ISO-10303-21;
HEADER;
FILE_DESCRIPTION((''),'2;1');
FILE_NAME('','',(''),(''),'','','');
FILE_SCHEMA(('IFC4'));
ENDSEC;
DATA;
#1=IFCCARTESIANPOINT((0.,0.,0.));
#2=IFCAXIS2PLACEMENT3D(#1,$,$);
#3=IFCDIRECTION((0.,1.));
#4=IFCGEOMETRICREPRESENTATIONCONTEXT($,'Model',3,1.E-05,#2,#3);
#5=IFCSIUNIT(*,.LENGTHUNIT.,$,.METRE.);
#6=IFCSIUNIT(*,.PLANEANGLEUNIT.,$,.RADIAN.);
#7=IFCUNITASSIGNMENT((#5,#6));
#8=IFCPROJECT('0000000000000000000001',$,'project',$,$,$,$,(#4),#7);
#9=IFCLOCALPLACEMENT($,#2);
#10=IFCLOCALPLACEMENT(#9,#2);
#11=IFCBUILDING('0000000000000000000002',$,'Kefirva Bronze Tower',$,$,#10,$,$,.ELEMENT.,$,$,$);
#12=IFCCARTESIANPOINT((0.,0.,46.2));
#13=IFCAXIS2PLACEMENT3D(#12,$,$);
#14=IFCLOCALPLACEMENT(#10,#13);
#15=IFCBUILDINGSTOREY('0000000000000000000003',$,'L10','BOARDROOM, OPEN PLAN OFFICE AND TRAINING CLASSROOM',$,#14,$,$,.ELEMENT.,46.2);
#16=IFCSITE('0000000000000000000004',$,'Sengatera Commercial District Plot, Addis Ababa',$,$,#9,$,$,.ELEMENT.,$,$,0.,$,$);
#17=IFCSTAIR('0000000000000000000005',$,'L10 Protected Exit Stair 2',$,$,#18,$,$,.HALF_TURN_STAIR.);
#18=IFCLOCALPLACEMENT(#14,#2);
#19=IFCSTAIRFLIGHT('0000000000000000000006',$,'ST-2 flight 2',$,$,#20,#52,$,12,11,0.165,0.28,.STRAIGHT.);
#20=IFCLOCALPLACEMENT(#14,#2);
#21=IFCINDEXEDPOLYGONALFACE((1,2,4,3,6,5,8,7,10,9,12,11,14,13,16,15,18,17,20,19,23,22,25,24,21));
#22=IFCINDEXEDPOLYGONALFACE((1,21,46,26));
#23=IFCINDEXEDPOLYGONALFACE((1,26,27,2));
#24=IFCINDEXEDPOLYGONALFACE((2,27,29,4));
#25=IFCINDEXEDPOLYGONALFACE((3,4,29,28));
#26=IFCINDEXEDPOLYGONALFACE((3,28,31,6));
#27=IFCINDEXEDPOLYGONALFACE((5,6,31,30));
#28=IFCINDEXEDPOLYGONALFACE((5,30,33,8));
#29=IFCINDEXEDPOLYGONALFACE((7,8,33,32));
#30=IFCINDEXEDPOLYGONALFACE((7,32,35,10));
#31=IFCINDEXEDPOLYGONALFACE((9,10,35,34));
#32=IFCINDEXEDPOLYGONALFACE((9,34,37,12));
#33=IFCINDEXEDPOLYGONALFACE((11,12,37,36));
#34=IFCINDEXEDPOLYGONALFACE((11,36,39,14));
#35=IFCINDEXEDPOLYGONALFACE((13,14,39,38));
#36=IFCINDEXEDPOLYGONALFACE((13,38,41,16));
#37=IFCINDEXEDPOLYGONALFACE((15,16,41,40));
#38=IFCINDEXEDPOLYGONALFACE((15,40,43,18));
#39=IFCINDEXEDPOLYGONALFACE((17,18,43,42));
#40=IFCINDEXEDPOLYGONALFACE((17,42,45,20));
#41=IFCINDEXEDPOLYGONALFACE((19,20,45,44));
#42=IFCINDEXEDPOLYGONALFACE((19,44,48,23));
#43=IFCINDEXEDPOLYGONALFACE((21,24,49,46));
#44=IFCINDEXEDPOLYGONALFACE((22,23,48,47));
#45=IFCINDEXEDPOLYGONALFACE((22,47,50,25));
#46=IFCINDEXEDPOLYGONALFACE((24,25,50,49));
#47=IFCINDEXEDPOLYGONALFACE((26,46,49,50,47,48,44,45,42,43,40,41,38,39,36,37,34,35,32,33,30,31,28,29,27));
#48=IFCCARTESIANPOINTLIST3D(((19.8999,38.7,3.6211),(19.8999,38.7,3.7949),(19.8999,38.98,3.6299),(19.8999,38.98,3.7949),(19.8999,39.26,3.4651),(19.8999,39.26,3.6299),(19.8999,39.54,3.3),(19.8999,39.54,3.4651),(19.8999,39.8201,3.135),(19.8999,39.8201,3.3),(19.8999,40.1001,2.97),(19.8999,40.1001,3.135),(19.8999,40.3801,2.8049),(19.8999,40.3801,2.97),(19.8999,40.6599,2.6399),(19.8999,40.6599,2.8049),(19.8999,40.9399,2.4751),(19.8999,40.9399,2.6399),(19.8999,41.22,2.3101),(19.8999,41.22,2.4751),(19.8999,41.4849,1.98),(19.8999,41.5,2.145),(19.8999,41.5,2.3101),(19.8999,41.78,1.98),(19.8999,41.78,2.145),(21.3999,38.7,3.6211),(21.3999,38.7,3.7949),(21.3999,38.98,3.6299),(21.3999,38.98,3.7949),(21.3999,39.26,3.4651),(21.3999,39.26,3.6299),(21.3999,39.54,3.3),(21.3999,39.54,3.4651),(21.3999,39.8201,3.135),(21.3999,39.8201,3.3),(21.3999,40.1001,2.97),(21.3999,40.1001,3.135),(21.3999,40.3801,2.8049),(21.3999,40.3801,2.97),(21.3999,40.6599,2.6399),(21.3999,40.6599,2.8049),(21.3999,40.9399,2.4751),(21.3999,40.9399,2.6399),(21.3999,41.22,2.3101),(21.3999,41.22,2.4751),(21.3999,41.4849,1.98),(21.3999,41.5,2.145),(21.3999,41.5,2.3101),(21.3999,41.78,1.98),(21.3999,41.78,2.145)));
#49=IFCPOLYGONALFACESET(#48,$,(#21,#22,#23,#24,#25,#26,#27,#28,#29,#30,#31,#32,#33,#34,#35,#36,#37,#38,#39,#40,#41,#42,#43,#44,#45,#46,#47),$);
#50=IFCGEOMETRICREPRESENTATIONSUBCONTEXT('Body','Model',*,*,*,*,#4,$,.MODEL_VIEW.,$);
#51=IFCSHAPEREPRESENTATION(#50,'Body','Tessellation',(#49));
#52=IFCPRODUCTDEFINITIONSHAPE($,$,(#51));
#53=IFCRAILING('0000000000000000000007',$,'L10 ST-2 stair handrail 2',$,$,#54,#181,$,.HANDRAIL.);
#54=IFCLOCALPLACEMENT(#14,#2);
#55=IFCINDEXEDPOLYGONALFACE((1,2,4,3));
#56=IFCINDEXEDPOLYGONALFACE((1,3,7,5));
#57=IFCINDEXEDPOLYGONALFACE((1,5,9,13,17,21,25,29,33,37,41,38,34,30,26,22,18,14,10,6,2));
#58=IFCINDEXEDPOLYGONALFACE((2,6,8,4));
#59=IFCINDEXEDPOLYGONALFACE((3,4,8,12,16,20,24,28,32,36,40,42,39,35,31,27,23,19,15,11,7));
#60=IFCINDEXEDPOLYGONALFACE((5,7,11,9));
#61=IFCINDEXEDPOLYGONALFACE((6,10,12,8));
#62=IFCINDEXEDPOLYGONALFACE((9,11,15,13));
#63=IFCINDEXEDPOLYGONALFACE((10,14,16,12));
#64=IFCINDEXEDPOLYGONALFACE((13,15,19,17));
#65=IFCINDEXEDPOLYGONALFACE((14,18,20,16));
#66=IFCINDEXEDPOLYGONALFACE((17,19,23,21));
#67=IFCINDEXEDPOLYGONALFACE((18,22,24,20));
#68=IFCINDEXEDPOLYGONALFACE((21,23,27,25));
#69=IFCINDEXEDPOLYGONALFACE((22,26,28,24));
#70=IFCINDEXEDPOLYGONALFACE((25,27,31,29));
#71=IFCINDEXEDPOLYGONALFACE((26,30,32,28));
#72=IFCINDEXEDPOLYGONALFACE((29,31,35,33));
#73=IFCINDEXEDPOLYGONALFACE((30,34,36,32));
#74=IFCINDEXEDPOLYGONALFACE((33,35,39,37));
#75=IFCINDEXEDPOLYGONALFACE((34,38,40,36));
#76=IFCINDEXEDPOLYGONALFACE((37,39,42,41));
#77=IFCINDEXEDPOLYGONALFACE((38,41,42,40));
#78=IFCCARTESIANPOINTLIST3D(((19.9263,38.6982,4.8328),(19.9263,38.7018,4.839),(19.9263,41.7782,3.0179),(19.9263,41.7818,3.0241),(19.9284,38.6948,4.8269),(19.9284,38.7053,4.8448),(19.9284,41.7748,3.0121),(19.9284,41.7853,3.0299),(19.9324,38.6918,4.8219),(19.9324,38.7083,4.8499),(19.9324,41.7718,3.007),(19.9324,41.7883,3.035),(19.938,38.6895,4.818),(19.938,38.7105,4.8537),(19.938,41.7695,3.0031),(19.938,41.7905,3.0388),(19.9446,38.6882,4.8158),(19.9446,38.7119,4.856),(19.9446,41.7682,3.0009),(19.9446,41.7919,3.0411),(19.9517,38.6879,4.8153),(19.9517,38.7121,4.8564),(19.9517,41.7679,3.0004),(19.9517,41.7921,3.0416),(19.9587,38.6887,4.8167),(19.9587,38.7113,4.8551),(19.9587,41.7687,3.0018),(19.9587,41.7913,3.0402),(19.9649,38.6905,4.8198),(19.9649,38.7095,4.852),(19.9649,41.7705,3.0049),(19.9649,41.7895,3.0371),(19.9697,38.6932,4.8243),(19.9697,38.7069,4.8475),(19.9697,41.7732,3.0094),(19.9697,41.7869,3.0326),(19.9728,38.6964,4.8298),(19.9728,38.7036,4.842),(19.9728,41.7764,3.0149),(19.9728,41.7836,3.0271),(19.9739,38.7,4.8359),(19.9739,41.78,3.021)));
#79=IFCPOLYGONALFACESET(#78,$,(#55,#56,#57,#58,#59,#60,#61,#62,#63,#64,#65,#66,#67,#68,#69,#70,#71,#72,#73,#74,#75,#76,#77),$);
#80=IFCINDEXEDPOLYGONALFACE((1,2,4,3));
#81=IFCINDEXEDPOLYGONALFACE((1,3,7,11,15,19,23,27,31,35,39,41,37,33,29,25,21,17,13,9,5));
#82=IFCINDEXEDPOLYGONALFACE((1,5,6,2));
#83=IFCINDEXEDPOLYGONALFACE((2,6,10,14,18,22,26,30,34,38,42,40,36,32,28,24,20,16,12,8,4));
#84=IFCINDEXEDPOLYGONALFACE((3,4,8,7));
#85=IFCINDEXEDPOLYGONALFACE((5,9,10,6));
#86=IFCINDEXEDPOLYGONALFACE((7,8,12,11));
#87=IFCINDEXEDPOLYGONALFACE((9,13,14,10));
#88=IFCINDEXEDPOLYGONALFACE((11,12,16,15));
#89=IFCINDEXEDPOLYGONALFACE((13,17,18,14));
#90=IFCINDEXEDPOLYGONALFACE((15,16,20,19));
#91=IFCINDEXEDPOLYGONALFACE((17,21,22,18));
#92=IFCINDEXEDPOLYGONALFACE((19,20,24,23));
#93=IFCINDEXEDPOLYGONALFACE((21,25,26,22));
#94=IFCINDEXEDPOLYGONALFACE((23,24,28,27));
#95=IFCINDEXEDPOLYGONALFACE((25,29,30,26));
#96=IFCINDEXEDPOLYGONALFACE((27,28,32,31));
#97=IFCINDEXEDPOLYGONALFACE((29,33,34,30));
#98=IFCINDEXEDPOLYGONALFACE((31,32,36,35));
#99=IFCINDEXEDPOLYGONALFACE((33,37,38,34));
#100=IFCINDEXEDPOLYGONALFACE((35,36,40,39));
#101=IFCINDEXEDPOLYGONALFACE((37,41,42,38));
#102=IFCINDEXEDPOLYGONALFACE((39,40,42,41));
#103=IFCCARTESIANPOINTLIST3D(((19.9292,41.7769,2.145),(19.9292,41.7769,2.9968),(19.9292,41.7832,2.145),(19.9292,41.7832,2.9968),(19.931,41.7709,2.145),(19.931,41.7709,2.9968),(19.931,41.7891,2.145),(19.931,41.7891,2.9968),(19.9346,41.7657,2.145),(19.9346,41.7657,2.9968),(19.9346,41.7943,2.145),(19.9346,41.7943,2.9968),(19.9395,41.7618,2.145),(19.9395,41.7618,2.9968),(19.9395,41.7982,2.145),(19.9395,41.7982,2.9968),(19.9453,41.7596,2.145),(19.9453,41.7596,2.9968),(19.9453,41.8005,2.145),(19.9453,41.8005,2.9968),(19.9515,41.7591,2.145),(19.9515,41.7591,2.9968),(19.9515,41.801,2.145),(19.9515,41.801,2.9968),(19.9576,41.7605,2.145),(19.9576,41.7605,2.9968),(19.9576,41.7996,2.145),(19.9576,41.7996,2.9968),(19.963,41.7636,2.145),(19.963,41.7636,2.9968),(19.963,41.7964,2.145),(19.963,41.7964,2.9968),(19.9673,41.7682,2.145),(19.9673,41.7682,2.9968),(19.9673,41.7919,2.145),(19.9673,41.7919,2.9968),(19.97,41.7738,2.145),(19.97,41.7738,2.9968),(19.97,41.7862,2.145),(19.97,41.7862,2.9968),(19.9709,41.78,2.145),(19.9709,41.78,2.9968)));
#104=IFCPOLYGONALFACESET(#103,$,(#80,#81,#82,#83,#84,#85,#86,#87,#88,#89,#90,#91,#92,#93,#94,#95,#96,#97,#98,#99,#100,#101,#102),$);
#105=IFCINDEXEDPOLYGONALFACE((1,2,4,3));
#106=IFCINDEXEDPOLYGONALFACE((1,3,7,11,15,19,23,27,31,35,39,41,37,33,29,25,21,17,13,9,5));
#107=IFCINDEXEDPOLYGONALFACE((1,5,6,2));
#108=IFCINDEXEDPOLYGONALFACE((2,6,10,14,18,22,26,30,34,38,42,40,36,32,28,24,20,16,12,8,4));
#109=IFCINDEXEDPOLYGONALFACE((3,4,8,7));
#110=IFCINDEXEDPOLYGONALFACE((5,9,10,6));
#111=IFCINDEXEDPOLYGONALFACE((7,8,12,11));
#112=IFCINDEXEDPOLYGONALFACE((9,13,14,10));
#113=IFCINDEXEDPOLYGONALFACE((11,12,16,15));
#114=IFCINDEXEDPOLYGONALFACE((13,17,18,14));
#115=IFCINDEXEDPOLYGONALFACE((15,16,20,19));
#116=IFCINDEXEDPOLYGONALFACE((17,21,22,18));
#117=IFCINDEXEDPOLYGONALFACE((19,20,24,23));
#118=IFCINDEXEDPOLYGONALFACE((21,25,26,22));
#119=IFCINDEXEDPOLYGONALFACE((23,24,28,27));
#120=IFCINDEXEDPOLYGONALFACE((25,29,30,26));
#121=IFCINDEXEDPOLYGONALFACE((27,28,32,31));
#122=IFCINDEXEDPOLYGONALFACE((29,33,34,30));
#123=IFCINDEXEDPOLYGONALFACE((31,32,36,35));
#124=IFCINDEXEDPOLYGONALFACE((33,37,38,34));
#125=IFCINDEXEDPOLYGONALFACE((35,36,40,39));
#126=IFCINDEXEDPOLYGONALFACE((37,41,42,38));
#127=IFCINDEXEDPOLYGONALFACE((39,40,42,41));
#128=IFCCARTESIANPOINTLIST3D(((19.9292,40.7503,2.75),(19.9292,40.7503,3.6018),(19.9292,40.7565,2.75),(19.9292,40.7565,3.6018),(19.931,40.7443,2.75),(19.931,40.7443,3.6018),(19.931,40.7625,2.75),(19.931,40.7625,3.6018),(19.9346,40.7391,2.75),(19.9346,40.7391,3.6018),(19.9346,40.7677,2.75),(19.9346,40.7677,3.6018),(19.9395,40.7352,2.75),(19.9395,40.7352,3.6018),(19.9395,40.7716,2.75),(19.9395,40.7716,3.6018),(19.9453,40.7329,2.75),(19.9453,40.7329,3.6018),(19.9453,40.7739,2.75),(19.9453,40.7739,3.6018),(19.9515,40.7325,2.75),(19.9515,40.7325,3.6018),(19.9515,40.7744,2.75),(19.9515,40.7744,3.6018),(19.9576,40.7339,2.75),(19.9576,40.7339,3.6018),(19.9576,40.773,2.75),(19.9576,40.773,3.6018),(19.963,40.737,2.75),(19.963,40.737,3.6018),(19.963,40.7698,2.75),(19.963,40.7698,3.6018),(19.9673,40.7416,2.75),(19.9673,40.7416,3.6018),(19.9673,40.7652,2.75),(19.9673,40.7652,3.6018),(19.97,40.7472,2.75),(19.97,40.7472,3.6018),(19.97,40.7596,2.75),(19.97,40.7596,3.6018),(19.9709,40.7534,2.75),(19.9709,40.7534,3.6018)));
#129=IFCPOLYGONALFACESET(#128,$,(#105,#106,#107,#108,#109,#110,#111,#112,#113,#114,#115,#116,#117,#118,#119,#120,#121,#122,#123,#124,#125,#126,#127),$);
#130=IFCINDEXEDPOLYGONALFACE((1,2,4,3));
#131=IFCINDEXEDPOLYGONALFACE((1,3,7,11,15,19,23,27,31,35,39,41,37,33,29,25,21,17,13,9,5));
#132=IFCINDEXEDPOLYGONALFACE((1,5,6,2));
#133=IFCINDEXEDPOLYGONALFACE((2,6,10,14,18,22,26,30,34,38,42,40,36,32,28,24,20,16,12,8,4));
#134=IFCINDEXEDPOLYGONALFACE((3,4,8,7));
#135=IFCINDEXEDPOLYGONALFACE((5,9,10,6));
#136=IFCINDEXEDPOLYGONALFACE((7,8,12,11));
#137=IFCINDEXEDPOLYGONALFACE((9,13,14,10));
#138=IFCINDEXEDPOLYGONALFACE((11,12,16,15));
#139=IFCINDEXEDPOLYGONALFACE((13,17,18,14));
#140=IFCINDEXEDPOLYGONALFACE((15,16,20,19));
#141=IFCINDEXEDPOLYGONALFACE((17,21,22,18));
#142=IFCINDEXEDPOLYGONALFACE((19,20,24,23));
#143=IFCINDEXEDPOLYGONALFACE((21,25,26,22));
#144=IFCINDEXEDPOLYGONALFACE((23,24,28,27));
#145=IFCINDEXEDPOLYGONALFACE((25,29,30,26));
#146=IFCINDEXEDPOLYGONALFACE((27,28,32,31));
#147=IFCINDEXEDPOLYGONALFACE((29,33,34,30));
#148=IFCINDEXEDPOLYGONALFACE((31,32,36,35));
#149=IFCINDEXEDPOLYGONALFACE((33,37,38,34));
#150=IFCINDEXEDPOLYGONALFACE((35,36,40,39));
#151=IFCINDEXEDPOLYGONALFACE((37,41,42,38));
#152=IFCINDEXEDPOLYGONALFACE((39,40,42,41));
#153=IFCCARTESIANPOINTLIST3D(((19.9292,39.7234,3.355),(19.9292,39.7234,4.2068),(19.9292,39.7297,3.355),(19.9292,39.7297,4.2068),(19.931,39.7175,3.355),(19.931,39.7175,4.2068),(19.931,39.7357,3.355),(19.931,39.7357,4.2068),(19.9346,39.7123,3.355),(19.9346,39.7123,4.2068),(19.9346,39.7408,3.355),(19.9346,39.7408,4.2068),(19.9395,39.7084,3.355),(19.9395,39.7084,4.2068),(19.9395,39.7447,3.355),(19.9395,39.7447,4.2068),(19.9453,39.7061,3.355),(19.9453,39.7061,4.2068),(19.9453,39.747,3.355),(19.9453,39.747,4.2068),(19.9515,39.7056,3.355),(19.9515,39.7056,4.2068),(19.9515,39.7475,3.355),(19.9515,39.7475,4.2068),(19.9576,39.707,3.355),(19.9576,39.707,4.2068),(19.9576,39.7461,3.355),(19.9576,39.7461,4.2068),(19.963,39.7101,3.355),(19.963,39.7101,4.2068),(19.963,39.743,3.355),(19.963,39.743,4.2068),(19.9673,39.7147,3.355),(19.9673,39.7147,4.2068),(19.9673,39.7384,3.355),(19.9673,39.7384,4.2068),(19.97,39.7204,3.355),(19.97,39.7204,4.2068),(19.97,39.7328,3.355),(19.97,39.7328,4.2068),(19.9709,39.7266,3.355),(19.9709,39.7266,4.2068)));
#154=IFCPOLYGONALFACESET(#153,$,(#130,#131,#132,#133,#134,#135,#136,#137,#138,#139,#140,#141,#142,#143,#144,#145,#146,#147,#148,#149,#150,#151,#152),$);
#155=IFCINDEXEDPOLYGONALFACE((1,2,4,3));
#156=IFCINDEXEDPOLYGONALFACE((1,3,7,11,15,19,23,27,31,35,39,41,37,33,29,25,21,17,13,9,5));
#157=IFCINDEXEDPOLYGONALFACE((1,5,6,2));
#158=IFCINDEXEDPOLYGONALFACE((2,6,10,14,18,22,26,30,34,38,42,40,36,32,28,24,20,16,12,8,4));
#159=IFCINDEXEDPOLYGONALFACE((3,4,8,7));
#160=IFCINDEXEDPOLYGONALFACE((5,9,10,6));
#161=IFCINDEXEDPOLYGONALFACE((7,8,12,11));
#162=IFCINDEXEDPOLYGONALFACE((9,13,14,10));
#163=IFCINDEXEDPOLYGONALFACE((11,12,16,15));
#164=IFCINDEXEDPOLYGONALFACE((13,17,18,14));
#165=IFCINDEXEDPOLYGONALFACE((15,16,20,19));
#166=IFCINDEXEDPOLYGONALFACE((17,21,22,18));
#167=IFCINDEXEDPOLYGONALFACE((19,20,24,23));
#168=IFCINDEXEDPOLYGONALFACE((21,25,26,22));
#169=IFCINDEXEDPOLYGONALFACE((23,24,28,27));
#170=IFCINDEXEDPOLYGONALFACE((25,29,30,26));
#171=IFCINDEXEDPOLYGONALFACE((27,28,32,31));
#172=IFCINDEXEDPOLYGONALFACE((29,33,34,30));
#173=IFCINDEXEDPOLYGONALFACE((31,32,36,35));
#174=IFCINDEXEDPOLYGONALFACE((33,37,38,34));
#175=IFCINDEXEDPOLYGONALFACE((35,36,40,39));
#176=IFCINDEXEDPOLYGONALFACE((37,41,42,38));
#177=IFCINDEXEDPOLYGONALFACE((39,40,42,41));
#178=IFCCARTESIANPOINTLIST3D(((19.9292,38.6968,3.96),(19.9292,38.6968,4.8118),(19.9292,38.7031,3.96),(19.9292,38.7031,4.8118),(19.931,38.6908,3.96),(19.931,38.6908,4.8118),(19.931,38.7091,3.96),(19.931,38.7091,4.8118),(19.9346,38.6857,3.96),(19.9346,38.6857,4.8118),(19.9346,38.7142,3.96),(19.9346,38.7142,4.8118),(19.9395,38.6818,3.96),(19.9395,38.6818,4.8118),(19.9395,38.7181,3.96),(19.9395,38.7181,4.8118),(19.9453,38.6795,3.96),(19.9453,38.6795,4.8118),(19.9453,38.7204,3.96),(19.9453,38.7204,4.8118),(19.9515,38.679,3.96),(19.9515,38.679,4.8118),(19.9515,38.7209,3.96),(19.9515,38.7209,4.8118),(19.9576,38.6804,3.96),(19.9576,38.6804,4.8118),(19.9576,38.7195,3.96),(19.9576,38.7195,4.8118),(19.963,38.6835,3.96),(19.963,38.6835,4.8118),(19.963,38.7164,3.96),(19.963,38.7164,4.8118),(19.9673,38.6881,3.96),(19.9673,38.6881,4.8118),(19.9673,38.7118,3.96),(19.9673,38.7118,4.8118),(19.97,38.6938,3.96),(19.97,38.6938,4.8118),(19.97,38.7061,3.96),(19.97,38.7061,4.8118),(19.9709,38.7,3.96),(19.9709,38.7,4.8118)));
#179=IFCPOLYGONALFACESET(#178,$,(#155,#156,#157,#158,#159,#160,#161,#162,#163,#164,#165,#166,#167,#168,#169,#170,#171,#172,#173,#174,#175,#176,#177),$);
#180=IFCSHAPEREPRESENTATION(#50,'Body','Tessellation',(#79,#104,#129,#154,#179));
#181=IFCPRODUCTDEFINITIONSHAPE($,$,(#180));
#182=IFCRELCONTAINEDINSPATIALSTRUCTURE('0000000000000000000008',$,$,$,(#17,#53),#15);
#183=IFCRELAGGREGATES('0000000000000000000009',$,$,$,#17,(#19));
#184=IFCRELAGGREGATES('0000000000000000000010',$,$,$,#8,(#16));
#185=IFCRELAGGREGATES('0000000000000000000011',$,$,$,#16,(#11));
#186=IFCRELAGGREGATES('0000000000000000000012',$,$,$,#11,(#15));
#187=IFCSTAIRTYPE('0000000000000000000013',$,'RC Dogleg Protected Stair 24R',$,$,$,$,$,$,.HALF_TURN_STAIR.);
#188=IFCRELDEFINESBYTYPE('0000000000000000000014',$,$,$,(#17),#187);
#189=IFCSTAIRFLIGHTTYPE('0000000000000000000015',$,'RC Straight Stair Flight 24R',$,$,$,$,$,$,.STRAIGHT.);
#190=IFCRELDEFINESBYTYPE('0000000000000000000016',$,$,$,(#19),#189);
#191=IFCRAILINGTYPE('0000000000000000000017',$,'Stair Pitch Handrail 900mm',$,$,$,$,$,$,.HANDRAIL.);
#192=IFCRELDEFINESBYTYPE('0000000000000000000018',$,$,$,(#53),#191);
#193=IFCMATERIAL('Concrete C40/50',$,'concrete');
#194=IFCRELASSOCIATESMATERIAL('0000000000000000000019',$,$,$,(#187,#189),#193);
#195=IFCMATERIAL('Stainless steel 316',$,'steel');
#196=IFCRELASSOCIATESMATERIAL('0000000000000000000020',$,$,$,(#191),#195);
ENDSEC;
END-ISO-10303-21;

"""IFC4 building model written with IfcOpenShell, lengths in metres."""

from ifc_helpers import new_model, si_unit, direction, frame, origin, origin_2d, place, context, subcontext, project, spatial, polyline, circle, outline, extrude, material, type_object, element, aggregate, save


model = new_model("IFC4")

# Units and contexts
model_context = context("Model", 3, precision=1e-05, world=origin(), true_north=direction((0.0, 1.0)))
body_context = subcontext(model_context, "Body", "Model", "MODEL_VIEW")
ifc_project = project(units=[si_unit("LENGTHUNIT", "METRE"), si_unit("PLANEANGLEUNIT", "RADIAN")], contexts=[model_context])

# Site, building, storey
site_placement = place(None, origin())
site = spatial("IfcSite", under=ifc_project, at=site_placement, Name="Sengatera Commercial District Plot, Addis Ababa", CompositionType="ELEMENT", RefElevation=0.0)
building_placement = place(site_placement, origin())
building = spatial("IfcBuilding", under=site, at=building_placement, Name="Kefirva Bronze Tower", CompositionType="ELEMENT")
storey_placement = place(building_placement, frame((0.0, 0.0, 46.2)))
storey = spatial("IfcBuildingStorey", under=building, at=storey_placement, Name="L10", Description="BOARDROOM, OPEN PLAN OFFICE AND TRAINING CLASSROOM", CompositionType="ELEMENT", Elevation=46.2)

# Stair, stair flight
ifc_material_1 = material(Name="Concrete C40/50", Category="concrete")
stair_type = type_object("IfcStairType", Name="RC Dogleg Protected Stair 24R", PredefinedType="HALF_TURN_STAIR", material=ifc_material_1)
stair_placement = place(storey_placement, origin())
stair = element("IfcStair", 1, at=stair_placement, inside=storey, type_object=stair_type, Name="L10 Protected Exit Stair 2", PredefinedType="HALF_TURN_STAIR")
stair_flight_type = type_object("IfcStairFlightType", Name="RC Straight Stair Flight 24R", PredefinedType="STRAIGHT", material=ifc_material_1)
stair_flight_placement = place(storey_placement, frame((20.6499, 41.78, 1.98), z_axis=(0.0, 0.0, 1.0), x_axis=(0.0, -1.0, 0.0)))
stair_flight = element("IfcStairFlight", 2, at=stair_flight_placement, type_object=stair_flight_type, Name="ST-2 flight 2", NumberOfRisers=12, NumberOfTreads=11, PredefinedType="STRAIGHT", RiserHeight=0.165, TreadLength=0.28, context=body_context, shape_type="SweptSolid", body=[
    extrude(outline(polyline([(0.0, 0.0), (0.0, 0.165), (0.28, 0.165), (0.28, 0.3301), (0.5601, 0.3301), (0.5601, 0.4951), (0.8401, 0.4951), (0.8401, 0.6599), (1.1201, 0.6599), (1.1201, 0.825), (1.3999, 0.825), (1.3999, 0.99), (1.6799, 0.99), (1.6799, 1.155), (1.96, 1.155), (1.96, 1.3201), (2.24, 1.3201), (2.24, 1.4851), (2.52, 1.4851), (2.52, 1.6499), (2.8, 1.6499), (2.8, 1.8149), (3.0801, 1.8149), (3.0801, 1.98), (3.0801, 1.6411), (0.2952, 0.0), (0.0, 0.0)])), frame((0.0, 0.75, 0.0), z_axis=(0.0, -1.0, 0.0), x_axis=(1.0, 0.0, 0.0)), (0.0, 0.0, 1.0), 1.5),
])
aggregate(stair, [stair_flight])

# Railing
ifc_material_2 = material(Name="Stainless steel 316", Category="steel")
railing_type = type_object("IfcRailingType", Name="Stair Pitch Handrail 900mm", PredefinedType="HANDRAIL", material=ifc_material_2)
railing_placement = place(storey_placement, frame((19.95, 41.78, 2.145)))
element("IfcRailing", 3, at=railing_placement, inside=storey, type_object=railing_type, Name="L10 ST-2 stair handrail 2", PredefinedType="HANDRAIL", context=body_context, shape_type="SweptSolid", body=[
    extrude(circle(Radius=0.0239, at=origin_2d()), frame((0.0, 0.0, 0.876), z_axis=(0.0, -0.861551, 0.507671), x_axis=(1.0, 0.0, 0.0)), (0.0, 0.0, 1.0), 3.575),
    extrude(circle(Radius=0.021, at=origin_2d()), origin(), (0.0, 0.0, 1.0), 0.8518),
    extrude(circle(Radius=0.021, at=origin_2d()), frame((0.0, -1.0266, 0.605)), (0.0, 0.0, 1.0), 0.8518),
    extrude(circle(Radius=0.021, at=origin_2d()), frame((0.0, -2.0535, 1.21)), (0.0, 0.0, 1.0), 0.8518),
    extrude(circle(Radius=0.021, at=origin_2d()), frame((0.0, -3.0801, 1.8149)), (0.0, 0.0, 1.0), 0.8518),
])

save(model, "model.ifc")
